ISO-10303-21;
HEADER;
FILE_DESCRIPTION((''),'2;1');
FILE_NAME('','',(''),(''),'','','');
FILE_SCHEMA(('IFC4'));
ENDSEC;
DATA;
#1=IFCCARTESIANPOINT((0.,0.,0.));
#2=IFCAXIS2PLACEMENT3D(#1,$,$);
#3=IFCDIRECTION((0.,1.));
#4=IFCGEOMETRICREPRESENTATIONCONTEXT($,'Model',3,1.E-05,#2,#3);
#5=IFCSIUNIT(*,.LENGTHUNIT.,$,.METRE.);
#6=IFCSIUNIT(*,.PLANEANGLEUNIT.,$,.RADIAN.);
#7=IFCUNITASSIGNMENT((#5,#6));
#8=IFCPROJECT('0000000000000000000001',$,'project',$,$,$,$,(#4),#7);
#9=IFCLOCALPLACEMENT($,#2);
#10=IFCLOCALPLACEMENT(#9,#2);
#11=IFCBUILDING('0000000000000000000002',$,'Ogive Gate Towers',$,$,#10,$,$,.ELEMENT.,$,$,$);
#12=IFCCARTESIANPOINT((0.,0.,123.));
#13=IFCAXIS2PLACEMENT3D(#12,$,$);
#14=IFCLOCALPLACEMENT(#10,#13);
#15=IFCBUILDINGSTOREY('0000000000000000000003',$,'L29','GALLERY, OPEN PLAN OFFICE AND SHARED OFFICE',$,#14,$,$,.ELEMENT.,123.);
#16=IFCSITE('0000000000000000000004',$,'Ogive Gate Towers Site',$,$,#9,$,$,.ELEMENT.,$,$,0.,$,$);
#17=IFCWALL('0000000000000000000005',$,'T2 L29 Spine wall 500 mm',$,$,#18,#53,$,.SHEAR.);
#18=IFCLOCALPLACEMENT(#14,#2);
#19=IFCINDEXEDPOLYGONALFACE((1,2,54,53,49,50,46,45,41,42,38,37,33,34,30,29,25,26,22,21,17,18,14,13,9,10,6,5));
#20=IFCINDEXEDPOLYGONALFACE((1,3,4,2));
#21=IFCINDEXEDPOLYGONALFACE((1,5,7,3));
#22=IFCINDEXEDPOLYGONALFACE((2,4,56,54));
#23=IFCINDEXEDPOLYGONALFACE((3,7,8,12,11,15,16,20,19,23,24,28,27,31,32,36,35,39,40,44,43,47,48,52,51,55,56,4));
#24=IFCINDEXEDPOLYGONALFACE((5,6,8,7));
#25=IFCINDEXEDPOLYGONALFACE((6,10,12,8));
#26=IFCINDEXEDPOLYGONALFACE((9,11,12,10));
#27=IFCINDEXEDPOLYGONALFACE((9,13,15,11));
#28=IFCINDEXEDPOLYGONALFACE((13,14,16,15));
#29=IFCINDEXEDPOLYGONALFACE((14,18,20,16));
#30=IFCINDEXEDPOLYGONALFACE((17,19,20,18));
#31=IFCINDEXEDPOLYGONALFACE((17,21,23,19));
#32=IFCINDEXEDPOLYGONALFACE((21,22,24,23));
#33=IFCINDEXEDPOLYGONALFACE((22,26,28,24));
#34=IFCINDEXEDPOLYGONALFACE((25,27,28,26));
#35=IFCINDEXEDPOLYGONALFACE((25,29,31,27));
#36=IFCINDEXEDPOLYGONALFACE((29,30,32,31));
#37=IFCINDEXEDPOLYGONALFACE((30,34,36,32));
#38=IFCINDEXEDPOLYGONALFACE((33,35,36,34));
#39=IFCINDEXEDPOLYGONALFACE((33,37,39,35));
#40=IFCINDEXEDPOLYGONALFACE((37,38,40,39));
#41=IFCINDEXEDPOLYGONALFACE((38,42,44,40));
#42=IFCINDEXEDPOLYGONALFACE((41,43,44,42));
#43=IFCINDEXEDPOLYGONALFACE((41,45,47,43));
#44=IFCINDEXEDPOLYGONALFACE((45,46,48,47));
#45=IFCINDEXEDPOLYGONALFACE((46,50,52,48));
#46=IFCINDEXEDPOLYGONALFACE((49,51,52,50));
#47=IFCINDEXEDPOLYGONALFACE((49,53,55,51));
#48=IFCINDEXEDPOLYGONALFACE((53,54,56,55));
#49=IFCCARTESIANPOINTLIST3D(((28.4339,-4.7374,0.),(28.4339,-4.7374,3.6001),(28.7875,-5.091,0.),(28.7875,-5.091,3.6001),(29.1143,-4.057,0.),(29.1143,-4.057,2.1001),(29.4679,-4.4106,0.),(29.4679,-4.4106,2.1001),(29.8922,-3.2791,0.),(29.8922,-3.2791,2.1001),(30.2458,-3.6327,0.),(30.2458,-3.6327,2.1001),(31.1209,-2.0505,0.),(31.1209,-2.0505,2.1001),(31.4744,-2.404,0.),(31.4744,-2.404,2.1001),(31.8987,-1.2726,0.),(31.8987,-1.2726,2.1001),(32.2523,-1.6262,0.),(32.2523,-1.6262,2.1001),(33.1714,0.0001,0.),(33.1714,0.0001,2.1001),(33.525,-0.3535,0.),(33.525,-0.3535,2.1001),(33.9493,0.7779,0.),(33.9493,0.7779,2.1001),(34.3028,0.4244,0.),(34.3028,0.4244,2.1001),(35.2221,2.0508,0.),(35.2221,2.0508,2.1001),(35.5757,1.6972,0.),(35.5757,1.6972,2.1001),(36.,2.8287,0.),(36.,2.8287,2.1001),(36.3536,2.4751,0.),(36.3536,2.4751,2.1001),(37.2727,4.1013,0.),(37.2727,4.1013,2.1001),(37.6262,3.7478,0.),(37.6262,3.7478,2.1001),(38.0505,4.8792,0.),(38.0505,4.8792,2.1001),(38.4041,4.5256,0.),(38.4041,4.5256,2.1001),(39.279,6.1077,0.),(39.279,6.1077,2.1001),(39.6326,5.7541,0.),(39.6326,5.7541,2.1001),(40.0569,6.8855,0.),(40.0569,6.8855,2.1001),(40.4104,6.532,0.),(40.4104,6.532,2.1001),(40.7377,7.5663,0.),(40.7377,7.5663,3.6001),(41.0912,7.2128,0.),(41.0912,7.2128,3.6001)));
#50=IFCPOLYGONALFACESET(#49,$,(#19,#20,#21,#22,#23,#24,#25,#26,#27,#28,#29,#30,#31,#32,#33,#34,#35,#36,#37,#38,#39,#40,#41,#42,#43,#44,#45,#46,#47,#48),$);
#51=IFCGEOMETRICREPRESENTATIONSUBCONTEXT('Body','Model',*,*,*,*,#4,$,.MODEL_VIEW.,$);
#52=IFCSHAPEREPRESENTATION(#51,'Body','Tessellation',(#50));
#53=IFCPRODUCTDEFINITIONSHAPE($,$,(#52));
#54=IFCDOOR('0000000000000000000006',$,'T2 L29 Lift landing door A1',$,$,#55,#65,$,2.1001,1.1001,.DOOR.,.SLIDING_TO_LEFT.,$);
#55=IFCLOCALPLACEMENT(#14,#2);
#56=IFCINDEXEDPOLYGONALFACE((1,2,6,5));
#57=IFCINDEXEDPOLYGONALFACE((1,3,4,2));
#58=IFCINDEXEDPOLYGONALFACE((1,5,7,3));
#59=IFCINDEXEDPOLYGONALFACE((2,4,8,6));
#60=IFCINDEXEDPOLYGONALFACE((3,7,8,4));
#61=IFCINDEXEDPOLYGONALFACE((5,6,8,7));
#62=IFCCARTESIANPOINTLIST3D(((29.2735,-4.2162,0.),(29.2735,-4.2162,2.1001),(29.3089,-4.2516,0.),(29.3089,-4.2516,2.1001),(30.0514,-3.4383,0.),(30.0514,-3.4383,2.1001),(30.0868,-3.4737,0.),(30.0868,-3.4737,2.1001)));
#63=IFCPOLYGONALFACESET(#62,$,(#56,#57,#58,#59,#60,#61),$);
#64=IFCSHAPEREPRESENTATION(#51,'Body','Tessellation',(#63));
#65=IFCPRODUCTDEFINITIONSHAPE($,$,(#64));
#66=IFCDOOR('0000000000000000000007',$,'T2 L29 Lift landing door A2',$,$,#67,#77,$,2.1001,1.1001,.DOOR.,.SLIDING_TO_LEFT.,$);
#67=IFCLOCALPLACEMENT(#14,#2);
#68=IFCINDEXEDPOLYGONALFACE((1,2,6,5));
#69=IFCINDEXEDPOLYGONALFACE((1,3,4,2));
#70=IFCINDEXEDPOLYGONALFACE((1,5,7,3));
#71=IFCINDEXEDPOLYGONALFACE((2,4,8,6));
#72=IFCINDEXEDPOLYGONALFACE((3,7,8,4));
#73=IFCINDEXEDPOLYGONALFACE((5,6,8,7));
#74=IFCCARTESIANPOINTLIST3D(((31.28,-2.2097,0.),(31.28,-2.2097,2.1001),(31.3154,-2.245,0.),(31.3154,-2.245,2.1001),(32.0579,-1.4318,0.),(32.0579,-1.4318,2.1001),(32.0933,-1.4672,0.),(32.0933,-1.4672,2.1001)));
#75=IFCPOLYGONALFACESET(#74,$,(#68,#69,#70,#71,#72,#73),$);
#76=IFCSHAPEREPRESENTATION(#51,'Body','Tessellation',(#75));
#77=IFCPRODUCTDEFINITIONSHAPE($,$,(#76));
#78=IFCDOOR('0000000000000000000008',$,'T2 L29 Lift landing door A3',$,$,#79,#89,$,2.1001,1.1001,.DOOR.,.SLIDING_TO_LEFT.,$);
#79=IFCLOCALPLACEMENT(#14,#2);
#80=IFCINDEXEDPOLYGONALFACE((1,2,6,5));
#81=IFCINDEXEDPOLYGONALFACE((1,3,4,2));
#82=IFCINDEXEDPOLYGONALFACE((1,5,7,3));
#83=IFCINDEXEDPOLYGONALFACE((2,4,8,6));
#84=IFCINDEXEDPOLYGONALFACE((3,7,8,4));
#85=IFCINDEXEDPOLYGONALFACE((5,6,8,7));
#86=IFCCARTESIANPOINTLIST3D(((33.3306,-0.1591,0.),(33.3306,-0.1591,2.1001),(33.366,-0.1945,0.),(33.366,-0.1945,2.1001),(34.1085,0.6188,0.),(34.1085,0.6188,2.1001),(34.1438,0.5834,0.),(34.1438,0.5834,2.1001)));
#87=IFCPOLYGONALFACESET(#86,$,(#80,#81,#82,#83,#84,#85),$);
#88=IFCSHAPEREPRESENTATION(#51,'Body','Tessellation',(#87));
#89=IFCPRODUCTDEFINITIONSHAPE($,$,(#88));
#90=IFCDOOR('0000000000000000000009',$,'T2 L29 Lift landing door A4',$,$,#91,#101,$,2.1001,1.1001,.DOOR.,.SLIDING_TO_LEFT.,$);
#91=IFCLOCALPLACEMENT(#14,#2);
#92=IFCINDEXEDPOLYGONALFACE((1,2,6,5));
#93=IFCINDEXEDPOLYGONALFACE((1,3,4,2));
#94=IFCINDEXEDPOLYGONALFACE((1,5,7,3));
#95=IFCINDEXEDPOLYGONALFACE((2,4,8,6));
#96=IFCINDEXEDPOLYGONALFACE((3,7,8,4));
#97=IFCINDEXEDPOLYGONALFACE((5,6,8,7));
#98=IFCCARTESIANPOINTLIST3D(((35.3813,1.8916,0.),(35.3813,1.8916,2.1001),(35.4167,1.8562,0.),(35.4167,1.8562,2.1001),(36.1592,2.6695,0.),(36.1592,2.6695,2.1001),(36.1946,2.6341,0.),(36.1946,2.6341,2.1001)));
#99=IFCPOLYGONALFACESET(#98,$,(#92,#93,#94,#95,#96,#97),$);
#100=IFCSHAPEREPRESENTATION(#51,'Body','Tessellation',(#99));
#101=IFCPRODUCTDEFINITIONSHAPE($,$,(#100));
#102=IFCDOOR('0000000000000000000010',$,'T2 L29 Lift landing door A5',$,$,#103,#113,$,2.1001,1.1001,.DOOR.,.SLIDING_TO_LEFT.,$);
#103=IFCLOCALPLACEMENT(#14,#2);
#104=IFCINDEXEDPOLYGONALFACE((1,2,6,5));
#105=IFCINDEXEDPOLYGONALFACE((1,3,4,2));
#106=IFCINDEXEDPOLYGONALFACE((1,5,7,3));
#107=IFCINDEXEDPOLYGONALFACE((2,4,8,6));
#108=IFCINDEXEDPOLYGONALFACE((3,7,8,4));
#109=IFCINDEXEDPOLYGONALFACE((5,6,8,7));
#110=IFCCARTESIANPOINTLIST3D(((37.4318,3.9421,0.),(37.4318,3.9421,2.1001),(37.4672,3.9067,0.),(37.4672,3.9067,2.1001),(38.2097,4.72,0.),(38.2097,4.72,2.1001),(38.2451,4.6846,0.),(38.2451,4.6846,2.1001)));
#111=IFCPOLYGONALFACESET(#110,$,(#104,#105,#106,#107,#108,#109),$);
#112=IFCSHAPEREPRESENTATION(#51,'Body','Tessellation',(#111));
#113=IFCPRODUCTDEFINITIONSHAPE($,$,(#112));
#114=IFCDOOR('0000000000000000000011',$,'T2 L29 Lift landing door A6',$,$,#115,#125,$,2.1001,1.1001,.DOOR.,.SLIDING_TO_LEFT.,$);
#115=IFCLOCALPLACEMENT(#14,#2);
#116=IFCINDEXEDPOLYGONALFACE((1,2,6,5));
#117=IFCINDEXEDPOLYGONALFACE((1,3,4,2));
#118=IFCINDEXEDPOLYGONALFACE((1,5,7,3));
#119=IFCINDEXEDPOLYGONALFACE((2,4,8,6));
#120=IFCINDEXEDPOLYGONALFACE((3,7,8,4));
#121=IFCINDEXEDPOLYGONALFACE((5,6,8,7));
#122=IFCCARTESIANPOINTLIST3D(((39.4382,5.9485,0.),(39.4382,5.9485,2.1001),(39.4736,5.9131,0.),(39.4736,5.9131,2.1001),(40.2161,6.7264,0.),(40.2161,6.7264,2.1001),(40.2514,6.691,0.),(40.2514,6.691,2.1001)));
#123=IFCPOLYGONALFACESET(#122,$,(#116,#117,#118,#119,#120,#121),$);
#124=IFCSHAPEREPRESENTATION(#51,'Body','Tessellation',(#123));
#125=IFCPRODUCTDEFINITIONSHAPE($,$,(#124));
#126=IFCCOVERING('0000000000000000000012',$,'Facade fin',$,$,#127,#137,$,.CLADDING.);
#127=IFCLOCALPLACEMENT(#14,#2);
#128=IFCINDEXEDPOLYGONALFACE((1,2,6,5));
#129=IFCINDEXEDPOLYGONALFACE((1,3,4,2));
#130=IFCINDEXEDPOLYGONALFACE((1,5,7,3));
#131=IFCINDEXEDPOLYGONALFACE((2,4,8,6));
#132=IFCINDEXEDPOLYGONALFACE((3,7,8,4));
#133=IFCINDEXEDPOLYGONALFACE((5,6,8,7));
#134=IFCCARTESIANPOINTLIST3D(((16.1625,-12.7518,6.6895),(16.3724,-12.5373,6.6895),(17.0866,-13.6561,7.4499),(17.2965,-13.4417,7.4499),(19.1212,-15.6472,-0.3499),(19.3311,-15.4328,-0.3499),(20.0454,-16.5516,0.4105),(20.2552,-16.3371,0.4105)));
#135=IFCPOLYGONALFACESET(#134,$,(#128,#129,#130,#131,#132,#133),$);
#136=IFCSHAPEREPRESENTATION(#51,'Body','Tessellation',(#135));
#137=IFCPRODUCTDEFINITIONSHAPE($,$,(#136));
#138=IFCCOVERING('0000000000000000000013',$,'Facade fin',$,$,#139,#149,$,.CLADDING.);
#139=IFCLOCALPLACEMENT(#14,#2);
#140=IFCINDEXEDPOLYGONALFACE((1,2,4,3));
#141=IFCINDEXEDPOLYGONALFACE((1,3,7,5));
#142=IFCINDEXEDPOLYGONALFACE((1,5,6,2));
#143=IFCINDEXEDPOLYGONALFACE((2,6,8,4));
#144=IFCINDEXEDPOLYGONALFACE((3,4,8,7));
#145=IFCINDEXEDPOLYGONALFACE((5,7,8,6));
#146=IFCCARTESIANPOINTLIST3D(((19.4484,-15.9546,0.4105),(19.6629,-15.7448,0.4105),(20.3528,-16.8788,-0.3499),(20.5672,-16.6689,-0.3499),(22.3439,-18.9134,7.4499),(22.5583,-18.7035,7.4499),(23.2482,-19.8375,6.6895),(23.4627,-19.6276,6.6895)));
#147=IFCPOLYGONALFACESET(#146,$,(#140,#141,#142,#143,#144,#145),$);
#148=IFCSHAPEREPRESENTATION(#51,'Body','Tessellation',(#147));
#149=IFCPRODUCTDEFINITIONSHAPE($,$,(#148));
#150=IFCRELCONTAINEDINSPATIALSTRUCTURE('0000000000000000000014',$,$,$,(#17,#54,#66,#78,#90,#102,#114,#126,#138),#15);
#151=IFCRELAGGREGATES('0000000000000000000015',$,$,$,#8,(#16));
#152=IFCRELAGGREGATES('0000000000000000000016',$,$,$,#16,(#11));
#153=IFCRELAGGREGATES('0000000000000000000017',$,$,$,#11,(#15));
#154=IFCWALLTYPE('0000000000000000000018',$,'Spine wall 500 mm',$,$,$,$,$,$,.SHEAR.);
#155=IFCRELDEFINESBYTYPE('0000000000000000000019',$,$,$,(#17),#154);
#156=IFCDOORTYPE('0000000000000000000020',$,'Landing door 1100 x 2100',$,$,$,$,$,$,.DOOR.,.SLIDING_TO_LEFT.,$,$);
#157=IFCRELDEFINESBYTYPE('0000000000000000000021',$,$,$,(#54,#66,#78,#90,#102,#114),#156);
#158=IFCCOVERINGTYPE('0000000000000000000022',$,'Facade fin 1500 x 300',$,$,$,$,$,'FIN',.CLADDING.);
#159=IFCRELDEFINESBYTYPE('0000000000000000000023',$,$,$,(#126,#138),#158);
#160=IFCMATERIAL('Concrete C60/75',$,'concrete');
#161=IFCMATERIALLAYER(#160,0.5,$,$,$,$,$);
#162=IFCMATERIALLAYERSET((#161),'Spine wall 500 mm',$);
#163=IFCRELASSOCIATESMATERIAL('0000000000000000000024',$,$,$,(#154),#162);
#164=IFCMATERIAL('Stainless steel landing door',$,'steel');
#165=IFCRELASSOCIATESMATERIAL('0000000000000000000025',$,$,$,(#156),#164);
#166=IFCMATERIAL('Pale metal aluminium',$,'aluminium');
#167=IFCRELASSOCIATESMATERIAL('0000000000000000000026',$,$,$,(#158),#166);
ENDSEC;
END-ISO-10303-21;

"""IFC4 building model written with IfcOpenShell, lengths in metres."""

from ifc_helpers import new_model, si_unit, direction, frame, frame_2d, origin, origin_2d, place, context, subcontext, project, spatial, rectangle, extrude, material, layer, layer_set, material_profile, profile_set, type_object, element, fill, save


model = new_model("IFC4")

# Units and contexts
model_context = context("Model", 3, precision=1e-05, world=origin(), true_north=direction((0.0, 1.0)))
body_context = subcontext(model_context, "Body", "Model", "MODEL_VIEW")
ifc_project = project(units=[si_unit("LENGTHUNIT", "METRE"), si_unit("PLANEANGLEUNIT", "RADIAN")], contexts=[model_context])

# Site, building, storey
site_placement = place(None, origin())
site = spatial("IfcSite", under=ifc_project, at=site_placement, Name="Ogive Gate Towers Site", CompositionType="ELEMENT", RefElevation=0.0)
building_placement = place(site_placement, origin())
building = spatial("IfcBuilding", under=site, at=building_placement, Name="Ogive Gate Towers", CompositionType="ELEMENT")
storey_placement = place(building_placement, frame((0.0, 0.0, 123.0)))
storey = spatial("IfcBuildingStorey", under=building, at=storey_placement, Name="L29", Description="GALLERY, OPEN PLAN OFFICE AND SHARED OFFICE", CompositionType="ELEMENT", Elevation=123.0)

# Shared definitions
ifc_material_1 = material(Name="Pale metal aluminium", Category="aluminium")

# Shared definitions
ifc_material_2 = material(Name="Concrete C60/75", Category="concrete")

# Wall, openings, doors
ifc_layer_1 = layer(ifc_material_2, 0.5)
ifc_layer_set_1 = layer_set([ifc_layer_1], Name="Spine wall 500 mm")
wall_type_1 = type_object("IfcWallType", Name="Spine wall 500 mm", PredefinedType="SHEAR", material=ifc_layer_set_1)
wall_1_placement = place(storey_placement, frame((28.6106, -4.9143, 0.0), z_axis=(0.0, 0.0, 1.0), x_axis=(0.707107, 0.707107, 0.0)))
wall_1 = element("IfcWall", 1, at=wall_1_placement, inside=storey, type_object=wall_type_1, Name="T2 L29 Spine wall 500 mm", PredefinedType="SHEAR", context=body_context, shape_type="SweptSolid", body=[
    extrude(rectangle(XDim=17.4001, YDim=0.5, at=frame_2d((8.7002, 0.0))), origin(), (0.0, 0.0, 1.0), 3.6001),
])
opening_1_placement = place(wall_1_placement, frame((0.9624, 0.0, 0.0)))
opening_1 = element("IfcOpeningElement", 2, at=opening_1_placement, cuts=wall_1, PredefinedType="OPENING", context=body_context, shape_type="SweptSolid", body=[
    extrude(rectangle(XDim=1.1001, YDim=2.1001, at=frame_2d((0.55, 1.05))), frame((0.0, 0.26, 0.0), z_axis=(0.0, -1.0, 0.0), x_axis=(1.0, 0.0, 0.0)), (0.0, 0.0, 1.0), 0.52),
])
opening_2_placement = place(wall_1_placement, frame((3.8, 0.0, 0.0)))
opening_2 = element("IfcOpeningElement", 3, at=opening_2_placement, cuts=wall_1, PredefinedType="OPENING", context=body_context, shape_type="SweptSolid", body=[
    extrude(rectangle(XDim=1.1001, YDim=2.1001, at=frame_2d((0.55, 1.05))), frame((0.0, 0.26, 0.0), z_axis=(0.0, -1.0, 0.0), x_axis=(1.0, 0.0, 0.0)), (0.0, 0.0, 1.0), 0.52),
])
opening_3_placement = place(wall_1_placement, frame((6.7, 0.0, 0.0)))
opening_3 = element("IfcOpeningElement", 4, at=opening_3_placement, cuts=wall_1, PredefinedType="OPENING", context=body_context, shape_type="SweptSolid", body=[
    extrude(rectangle(XDim=1.1001, YDim=2.1001, at=frame_2d((0.55, 1.05))), frame((0.0, 0.26, 0.0), z_axis=(0.0, -1.0, 0.0), x_axis=(1.0, 0.0, 0.0)), (0.0, 0.0, 1.0), 0.52),
])
opening_4_placement = place(wall_1_placement, frame((9.6001, 0.0, 0.0)))
opening_4 = element("IfcOpeningElement", 5, at=opening_4_placement, cuts=wall_1, PredefinedType="OPENING", context=body_context, shape_type="SweptSolid", body=[
    extrude(rectangle(XDim=1.1001, YDim=2.1001, at=frame_2d((0.55, 1.05))), frame((0.0, 0.26, 0.0), z_axis=(0.0, -1.0, 0.0), x_axis=(1.0, 0.0, 0.0)), (0.0, 0.0, 1.0), 0.52),
])
opening_5_placement = place(wall_1_placement, frame((12.5, 0.0, 0.0)))
opening_5 = element("IfcOpeningElement", 6, at=opening_5_placement, cuts=wall_1, PredefinedType="OPENING", context=body_context, shape_type="SweptSolid", body=[
    extrude(rectangle(XDim=1.1001, YDim=2.1001, at=frame_2d((0.55, 1.05))), frame((0.0, 0.26, 0.0), z_axis=(0.0, -1.0, 0.0), x_axis=(1.0, 0.0, 0.0)), (0.0, 0.0, 1.0), 0.52),
])
opening_6_placement = place(wall_1_placement, frame((15.3374, 0.0, 0.0)))
opening_6 = element("IfcOpeningElement", 7, at=opening_6_placement, cuts=wall_1, PredefinedType="OPENING", context=body_context, shape_type="SweptSolid", body=[
    extrude(rectangle(XDim=1.1001, YDim=2.1001, at=frame_2d((0.55, 1.05))), frame((0.0, 0.26, 0.0), z_axis=(0.0, -1.0, 0.0), x_axis=(1.0, 0.0, 0.0)), (0.0, 0.0, 1.0), 0.52),
])
ifc_material_3 = material(Name="Stainless steel landing door", Category="steel")
door_type_1 = type_object("IfcDoorType", Name="Landing door 1100 x 2100", OperationType="SLIDING_TO_LEFT", PredefinedType="DOOR", material=ifc_material_3)
door_1_placement = place(opening_1_placement, origin())
door_1 = element("IfcDoor", 8, at=door_1_placement, inside=storey, type_object=door_type_1, Name="T2 L29 Lift landing door A1", OperationType="SLIDING_TO_LEFT", OverallHeight=2.1001, OverallWidth=1.1001, PredefinedType="DOOR", context=body_context, shape_type="SweptSolid", body=[
    extrude(rectangle(XDim=1.1001, YDim=2.1001, at=frame_2d((0.55, 1.05))), frame((0.0, 0.0249, 0.0), z_axis=(0.0, -1.0, 0.0), x_axis=(1.0, 0.0, 0.0)), (0.0, 0.0, 1.0), 0.05),
])
fill(opening_1, door_1)
door_2_placement = place(opening_2_placement, origin())
door_2 = element("IfcDoor", 9, at=door_2_placement, inside=storey, type_object=door_type_1, Name="T2 L29 Lift landing door A2", OperationType="SLIDING_TO_LEFT", OverallHeight=2.1001, OverallWidth=1.1001, PredefinedType="DOOR", context=body_context, shape_type="SweptSolid", body=[
    extrude(rectangle(XDim=1.1001, YDim=2.1001, at=frame_2d((0.55, 1.05))), frame((0.0, 0.0249, 0.0), z_axis=(0.0, -1.0, 0.0), x_axis=(1.0, 0.0, 0.0)), (0.0, 0.0, 1.0), 0.05),
])
fill(opening_2, door_2)
door_3_placement = place(opening_3_placement, origin())
door_3 = element("IfcDoor", 10, at=door_3_placement, inside=storey, type_object=door_type_1, Name="T2 L29 Lift landing door A3", OperationType="SLIDING_TO_LEFT", OverallHeight=2.1001, OverallWidth=1.1001, PredefinedType="DOOR", context=body_context, shape_type="SweptSolid", body=[
    extrude(rectangle(XDim=1.1001, YDim=2.1001, at=frame_2d((0.55, 1.05))), frame((0.0, 0.0249, 0.0), z_axis=(0.0, -1.0, 0.0), x_axis=(1.0, 0.0, 0.0)), (0.0, 0.0, 1.0), 0.05),
])
fill(opening_3, door_3)
door_4_placement = place(opening_4_placement, origin())
door_4 = element("IfcDoor", 11, at=door_4_placement, inside=storey, type_object=door_type_1, Name="T2 L29 Lift landing door A4", OperationType="SLIDING_TO_LEFT", OverallHeight=2.1001, OverallWidth=1.1001, PredefinedType="DOOR", context=body_context, shape_type="SweptSolid", body=[
    extrude(rectangle(XDim=1.1001, YDim=2.1001, at=frame_2d((0.55, 1.05))), frame((0.0, 0.0249, 0.0), z_axis=(0.0, -1.0, 0.0), x_axis=(1.0, 0.0, 0.0)), (0.0, 0.0, 1.0), 0.05),
])
fill(opening_4, door_4)
door_5_placement = place(opening_5_placement, origin())
door_5 = element("IfcDoor", 12, at=door_5_placement, inside=storey, type_object=door_type_1, Name="T2 L29 Lift landing door A5", OperationType="SLIDING_TO_LEFT", OverallHeight=2.1001, OverallWidth=1.1001, PredefinedType="DOOR", context=body_context, shape_type="SweptSolid", body=[
    extrude(rectangle(XDim=1.1001, YDim=2.1001, at=frame_2d((0.55, 1.05))), frame((0.0, 0.0249, 0.0), z_axis=(0.0, -1.0, 0.0), x_axis=(1.0, 0.0, 0.0)), (0.0, 0.0, 1.0), 0.05),
])
fill(opening_5, door_5)
door_6_placement = place(opening_6_placement, origin())
door_6 = element("IfcDoor", 13, at=door_6_placement, inside=storey, type_object=door_type_1, Name="T2 L29 Lift landing door A6", OperationType="SLIDING_TO_LEFT", OverallHeight=2.1001, OverallWidth=1.1001, PredefinedType="DOOR", context=body_context, shape_type="SweptSolid", body=[
    extrude(rectangle(XDim=1.1001, YDim=2.1001, at=frame_2d((0.55, 1.05))), frame((0.0, 0.0249, 0.0), z_axis=(0.0, -1.0, 0.0), x_axis=(1.0, 0.0, 0.0)), (0.0, 0.0, 1.0), 0.05),
])
fill(opening_6, door_6)

# Coverings
ifc_material_profile_1 = material_profile(ifc_material_1, rectangle(XDim=0.3, YDim=1.5, at=origin_2d()), Name="1500 x 300 pale metal aluminium")
ifc_profile_set_1 = profile_set([ifc_material_profile_1], Name="Pale metal aluminium")
covering_type = type_object("IfcCoveringType", Name="Facade fin 1500 x 300", ElementType="FIN", PredefinedType="CLADDING", material=ifc_profile_set_1)
for number, where, z_axis, x_axis, name in (
    (14, (19.6882, -15.9922, 0.0303), (-0.362298, 0.354555, 0.861993), (-0.699428, -0.714703, 0.0), "Facade fin"),
    (15, (20.0078, -16.3118, 0.0303), (0.354555, -0.362298, 0.861993), (0.714703, 0.699428, 0.0), "Facade fin"),
):
    element("IfcCovering", number, at=place(storey_placement, frame(where, z_axis=z_axis, x_axis=x_axis)), inside=storey, type_object=covering_type, Name=name, PredefinedType="CLADDING", context=body_context, shape_type="SweptSolid", body=[
        extrude(rectangle(XDim=0.3, YDim=1.5, at=origin_2d()), origin(), (0.0, 0.0, 1.0), 8.1665),
    ])

save(model, "model.ifc")
